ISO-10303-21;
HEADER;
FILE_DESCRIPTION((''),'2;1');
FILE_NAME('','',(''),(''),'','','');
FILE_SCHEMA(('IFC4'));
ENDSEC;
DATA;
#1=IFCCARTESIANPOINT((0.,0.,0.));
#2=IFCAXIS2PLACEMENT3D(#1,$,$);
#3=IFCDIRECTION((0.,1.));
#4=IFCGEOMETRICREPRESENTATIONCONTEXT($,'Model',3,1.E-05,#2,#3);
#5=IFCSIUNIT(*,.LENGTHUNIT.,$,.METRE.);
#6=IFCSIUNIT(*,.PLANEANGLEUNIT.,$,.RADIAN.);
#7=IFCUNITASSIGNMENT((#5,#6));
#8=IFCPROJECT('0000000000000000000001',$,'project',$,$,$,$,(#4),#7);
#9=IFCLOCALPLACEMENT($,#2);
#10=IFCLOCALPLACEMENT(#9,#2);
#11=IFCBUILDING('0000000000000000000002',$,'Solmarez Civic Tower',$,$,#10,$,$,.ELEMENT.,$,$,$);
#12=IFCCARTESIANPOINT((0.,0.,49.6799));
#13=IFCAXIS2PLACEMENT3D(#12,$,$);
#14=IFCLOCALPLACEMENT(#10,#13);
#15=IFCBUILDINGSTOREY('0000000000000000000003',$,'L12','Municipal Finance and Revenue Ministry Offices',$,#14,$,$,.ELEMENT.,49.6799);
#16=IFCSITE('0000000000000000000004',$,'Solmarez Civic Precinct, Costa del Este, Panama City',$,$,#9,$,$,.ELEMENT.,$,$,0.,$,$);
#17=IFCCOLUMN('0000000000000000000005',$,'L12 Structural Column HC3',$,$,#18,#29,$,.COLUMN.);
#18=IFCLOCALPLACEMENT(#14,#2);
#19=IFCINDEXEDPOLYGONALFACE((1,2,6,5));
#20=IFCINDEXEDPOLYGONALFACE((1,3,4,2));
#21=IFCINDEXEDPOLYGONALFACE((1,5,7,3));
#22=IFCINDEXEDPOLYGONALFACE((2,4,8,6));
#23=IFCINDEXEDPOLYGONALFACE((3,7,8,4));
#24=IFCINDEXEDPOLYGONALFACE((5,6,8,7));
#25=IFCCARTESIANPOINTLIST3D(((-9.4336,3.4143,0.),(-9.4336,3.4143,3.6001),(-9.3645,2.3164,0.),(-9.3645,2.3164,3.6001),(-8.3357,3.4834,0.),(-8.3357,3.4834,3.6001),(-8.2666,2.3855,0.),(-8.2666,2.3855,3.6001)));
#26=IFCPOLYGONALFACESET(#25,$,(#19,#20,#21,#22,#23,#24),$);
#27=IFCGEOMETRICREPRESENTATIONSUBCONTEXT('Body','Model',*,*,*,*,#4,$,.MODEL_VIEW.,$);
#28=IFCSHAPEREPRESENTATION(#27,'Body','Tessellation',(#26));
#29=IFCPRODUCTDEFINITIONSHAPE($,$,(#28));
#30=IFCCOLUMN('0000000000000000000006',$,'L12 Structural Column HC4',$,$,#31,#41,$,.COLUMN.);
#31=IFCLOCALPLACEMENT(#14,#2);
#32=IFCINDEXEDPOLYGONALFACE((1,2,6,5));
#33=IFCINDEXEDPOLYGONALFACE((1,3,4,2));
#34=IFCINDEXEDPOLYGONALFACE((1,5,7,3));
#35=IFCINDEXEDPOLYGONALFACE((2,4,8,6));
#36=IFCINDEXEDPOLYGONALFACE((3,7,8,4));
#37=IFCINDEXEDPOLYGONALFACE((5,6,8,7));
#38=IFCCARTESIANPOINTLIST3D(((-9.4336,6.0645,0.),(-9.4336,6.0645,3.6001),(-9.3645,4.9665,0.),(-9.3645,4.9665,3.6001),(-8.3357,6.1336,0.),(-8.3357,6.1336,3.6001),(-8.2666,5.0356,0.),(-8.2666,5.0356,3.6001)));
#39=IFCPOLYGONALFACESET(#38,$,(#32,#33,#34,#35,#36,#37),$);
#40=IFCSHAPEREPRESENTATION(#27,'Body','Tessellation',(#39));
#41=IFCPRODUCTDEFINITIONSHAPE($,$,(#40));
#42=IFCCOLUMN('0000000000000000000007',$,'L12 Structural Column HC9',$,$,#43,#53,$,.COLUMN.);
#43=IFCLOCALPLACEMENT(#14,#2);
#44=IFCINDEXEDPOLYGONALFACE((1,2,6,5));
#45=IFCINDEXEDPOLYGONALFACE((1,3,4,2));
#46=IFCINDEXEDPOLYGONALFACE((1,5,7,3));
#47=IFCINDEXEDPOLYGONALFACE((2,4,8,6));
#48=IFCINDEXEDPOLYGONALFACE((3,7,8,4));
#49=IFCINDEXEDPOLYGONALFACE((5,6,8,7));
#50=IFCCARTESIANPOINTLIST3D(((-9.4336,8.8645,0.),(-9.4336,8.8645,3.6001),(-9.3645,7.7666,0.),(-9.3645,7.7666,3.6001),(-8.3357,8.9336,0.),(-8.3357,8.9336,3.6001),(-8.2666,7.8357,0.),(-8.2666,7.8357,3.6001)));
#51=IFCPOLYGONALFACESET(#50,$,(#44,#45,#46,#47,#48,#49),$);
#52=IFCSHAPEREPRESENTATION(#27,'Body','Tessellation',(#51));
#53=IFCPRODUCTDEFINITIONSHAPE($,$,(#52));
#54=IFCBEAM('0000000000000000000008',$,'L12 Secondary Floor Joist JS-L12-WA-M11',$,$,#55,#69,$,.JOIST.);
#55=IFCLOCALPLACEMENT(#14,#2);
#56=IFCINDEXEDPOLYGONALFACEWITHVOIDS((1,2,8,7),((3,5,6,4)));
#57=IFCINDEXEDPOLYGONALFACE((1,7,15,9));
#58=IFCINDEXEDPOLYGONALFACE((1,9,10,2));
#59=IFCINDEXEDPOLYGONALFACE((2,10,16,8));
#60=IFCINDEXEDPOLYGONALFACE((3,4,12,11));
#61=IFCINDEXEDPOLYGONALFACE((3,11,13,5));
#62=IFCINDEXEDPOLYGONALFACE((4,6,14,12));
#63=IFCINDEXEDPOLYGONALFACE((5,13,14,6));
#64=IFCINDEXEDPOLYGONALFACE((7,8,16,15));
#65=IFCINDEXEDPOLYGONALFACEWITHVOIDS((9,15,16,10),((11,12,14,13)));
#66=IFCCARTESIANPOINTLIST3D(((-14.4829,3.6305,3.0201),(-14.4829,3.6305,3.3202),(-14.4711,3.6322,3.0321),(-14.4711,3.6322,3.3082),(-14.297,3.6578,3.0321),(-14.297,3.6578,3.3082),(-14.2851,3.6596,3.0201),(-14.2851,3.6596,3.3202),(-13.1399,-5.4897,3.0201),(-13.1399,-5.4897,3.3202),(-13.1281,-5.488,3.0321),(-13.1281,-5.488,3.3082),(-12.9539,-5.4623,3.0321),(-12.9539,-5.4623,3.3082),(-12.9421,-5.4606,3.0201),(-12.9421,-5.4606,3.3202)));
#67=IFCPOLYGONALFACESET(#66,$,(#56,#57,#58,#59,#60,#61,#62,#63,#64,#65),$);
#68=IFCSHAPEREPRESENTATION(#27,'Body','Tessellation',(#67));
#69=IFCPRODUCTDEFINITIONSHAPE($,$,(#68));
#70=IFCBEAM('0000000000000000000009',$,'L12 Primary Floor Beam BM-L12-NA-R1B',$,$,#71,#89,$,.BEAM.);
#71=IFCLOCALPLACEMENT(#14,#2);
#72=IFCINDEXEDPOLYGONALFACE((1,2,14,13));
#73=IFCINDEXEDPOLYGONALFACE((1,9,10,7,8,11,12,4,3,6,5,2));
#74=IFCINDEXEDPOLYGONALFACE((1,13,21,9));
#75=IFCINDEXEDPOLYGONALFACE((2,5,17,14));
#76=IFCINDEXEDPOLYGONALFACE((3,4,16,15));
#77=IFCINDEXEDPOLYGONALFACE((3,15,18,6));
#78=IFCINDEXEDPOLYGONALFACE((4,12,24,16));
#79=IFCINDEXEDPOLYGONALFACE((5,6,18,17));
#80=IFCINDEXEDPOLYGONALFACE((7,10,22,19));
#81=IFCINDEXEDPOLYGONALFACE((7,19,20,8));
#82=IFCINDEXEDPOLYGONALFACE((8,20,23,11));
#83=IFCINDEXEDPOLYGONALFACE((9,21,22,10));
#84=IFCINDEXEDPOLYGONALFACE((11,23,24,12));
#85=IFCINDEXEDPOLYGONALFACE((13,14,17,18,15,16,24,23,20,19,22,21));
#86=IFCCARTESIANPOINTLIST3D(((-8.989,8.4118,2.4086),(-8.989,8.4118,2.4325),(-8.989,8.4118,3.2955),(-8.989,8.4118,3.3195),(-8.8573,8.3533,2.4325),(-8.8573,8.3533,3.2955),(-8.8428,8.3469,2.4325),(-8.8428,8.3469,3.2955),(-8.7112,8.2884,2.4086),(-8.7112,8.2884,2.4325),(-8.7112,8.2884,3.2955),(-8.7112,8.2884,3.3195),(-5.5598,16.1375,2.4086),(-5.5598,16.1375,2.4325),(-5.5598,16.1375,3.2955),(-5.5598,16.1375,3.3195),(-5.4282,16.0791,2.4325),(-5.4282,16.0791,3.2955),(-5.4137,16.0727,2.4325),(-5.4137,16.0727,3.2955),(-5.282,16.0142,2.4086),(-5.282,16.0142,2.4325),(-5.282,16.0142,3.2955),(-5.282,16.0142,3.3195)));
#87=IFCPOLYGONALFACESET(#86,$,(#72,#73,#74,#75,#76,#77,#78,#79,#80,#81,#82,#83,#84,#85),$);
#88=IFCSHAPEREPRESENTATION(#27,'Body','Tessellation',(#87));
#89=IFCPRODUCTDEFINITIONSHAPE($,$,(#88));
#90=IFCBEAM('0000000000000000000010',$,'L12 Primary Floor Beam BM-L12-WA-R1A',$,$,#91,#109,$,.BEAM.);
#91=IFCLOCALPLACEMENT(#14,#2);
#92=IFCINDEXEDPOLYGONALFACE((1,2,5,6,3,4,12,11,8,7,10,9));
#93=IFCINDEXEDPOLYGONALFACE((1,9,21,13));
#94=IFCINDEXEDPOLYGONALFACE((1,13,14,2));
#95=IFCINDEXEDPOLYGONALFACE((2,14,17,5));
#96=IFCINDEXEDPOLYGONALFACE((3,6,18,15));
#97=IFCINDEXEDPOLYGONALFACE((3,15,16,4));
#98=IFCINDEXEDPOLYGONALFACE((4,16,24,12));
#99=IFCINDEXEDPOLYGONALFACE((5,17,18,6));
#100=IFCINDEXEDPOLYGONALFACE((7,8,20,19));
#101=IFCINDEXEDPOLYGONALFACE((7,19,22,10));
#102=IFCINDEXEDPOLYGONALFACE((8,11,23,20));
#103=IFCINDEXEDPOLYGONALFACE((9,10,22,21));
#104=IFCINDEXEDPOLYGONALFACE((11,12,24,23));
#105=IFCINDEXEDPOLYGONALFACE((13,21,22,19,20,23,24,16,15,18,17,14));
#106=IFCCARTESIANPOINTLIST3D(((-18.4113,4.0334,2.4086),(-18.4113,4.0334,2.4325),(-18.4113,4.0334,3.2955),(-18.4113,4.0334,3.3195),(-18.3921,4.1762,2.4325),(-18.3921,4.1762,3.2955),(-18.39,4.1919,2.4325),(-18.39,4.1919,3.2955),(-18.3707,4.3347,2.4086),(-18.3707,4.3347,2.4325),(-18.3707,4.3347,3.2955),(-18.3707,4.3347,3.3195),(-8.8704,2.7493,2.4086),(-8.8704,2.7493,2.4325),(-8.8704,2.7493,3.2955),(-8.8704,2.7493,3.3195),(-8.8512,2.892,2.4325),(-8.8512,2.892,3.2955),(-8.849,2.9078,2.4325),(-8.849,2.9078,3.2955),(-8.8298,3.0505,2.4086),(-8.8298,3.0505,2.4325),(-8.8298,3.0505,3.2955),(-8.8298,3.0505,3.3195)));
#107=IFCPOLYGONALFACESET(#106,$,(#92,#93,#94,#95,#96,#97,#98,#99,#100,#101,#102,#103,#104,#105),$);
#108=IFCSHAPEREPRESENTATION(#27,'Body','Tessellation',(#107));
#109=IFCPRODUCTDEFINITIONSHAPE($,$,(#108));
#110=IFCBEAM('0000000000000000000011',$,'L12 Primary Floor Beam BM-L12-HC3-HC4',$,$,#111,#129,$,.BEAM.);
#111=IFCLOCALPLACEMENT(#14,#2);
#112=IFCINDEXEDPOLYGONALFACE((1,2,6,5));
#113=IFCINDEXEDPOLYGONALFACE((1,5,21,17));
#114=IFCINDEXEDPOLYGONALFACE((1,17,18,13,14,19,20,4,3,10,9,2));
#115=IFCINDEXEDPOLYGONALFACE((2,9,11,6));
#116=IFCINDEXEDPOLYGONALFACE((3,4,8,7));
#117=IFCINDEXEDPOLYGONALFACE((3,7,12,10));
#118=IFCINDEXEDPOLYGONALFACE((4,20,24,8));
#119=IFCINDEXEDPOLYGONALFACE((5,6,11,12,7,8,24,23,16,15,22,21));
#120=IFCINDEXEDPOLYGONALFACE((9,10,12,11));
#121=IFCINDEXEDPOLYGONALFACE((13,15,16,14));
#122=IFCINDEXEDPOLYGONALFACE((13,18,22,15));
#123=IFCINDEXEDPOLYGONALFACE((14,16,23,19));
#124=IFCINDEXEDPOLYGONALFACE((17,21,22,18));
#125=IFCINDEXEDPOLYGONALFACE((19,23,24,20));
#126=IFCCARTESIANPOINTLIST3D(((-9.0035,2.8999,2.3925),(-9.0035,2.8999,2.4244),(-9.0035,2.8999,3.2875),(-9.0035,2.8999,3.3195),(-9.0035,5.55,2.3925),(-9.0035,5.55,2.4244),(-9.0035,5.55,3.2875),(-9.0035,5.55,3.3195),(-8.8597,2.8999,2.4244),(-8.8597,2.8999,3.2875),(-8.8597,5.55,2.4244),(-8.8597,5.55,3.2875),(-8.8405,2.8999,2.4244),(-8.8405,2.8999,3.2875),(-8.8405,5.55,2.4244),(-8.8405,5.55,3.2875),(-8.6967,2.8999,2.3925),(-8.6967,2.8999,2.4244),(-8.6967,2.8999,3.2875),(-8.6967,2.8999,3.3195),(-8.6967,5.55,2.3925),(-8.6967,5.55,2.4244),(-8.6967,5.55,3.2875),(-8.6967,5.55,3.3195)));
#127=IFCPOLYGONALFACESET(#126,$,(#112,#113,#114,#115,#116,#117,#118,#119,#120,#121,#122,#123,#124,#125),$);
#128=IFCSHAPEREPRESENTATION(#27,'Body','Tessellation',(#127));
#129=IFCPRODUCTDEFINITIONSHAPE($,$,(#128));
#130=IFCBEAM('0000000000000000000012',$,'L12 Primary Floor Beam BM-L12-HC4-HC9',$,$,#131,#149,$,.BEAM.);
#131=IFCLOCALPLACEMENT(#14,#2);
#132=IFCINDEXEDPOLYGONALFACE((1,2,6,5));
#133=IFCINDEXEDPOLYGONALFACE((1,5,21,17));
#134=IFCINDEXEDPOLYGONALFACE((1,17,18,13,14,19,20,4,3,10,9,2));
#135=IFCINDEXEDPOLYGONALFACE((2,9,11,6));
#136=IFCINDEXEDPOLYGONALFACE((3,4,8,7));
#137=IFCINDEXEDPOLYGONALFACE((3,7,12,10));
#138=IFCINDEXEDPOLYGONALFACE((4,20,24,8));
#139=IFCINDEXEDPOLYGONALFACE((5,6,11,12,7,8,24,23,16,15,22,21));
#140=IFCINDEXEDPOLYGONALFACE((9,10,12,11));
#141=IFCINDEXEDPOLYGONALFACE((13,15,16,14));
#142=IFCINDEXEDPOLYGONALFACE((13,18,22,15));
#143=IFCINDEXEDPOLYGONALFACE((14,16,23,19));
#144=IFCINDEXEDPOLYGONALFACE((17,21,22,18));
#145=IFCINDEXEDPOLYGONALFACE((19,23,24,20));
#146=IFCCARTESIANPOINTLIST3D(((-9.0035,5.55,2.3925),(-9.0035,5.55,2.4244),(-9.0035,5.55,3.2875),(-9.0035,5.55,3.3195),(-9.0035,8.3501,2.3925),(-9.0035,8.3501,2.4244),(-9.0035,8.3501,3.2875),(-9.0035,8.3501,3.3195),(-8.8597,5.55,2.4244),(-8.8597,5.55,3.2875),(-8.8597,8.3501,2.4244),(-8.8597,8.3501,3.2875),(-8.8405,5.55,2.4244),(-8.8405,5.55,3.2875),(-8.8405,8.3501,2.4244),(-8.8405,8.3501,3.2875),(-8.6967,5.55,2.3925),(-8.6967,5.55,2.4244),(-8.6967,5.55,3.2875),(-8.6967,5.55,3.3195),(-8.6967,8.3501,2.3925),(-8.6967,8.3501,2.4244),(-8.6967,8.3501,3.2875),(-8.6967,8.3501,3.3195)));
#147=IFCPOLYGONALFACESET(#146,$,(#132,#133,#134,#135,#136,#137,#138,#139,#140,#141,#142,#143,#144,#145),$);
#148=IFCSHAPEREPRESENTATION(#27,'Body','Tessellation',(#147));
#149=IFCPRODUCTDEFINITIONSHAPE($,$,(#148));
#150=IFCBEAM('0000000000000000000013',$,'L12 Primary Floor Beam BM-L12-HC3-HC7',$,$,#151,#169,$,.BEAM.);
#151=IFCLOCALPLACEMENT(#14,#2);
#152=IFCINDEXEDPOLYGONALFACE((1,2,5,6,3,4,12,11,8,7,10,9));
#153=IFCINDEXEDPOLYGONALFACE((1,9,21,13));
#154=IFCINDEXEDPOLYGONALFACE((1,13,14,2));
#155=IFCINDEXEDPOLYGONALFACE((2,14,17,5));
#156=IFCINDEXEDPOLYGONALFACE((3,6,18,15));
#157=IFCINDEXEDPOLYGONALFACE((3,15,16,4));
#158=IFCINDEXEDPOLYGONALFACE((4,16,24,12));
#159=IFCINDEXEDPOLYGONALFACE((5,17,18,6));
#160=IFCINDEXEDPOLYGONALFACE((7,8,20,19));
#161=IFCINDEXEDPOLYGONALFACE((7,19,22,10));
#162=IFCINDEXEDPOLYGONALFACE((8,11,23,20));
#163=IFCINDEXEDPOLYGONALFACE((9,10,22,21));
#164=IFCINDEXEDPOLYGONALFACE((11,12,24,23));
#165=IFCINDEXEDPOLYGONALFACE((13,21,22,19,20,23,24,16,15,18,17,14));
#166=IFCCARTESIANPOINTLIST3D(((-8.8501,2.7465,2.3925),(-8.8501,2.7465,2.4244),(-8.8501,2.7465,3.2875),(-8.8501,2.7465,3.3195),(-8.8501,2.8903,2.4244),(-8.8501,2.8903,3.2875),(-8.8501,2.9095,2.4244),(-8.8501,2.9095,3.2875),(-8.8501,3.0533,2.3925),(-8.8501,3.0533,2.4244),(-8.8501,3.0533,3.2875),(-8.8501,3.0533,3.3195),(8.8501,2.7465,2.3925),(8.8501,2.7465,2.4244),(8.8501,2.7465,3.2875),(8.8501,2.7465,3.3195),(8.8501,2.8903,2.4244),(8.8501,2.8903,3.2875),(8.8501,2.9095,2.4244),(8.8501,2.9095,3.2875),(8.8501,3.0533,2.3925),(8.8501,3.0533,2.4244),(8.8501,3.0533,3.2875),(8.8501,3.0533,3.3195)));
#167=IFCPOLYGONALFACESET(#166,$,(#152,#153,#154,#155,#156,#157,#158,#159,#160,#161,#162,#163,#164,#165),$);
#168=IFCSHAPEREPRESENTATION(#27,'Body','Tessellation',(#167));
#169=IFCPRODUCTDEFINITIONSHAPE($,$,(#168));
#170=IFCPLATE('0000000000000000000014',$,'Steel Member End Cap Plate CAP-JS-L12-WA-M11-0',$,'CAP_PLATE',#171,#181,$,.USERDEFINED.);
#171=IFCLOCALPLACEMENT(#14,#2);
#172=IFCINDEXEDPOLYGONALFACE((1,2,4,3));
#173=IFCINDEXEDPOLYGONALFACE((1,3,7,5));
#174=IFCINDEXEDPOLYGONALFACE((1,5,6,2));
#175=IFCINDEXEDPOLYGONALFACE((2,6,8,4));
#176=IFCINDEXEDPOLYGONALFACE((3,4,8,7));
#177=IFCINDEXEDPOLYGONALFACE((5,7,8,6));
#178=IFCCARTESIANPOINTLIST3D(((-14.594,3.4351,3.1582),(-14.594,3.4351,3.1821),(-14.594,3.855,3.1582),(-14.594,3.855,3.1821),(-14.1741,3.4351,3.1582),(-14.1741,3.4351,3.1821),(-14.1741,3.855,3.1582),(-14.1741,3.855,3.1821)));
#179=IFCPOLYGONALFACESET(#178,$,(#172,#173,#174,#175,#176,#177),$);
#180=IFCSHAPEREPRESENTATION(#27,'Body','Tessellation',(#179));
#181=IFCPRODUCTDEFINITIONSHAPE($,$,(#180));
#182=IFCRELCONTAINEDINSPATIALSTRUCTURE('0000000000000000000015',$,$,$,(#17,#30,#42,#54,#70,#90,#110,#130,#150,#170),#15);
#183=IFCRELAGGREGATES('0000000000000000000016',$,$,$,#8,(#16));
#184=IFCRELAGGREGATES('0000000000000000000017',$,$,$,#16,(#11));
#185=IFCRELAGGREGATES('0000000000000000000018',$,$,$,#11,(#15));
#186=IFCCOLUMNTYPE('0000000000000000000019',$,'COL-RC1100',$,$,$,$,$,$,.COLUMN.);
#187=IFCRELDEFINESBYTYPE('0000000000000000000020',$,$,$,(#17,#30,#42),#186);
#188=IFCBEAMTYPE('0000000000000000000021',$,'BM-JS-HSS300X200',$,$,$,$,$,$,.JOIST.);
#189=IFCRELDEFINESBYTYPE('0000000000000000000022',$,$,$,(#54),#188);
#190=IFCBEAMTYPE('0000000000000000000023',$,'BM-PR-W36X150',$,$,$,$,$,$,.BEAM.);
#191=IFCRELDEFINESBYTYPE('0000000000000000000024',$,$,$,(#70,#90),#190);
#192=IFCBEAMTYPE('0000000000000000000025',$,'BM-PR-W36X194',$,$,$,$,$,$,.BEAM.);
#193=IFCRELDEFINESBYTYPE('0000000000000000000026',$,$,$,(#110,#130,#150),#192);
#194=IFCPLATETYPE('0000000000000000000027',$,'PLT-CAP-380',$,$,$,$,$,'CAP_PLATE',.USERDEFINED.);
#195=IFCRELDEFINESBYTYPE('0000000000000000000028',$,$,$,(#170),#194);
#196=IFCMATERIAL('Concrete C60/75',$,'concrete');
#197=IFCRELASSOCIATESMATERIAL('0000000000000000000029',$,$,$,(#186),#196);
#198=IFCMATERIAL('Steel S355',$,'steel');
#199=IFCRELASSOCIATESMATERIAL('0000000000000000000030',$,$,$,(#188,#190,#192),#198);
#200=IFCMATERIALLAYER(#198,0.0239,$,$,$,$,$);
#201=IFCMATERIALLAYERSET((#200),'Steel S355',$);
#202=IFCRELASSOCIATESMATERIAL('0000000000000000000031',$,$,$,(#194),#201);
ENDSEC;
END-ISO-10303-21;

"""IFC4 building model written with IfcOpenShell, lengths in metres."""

from ifc_helpers import new_model, si_unit, direction, frame, origin, origin_2d, place, context, subcontext, project, spatial, rectangle, hollow_rectangle, i_section, extrude, material, layer, layer_set, material_profile, profile_set, type_object, element, save


model = new_model("IFC4")

# Units and contexts
model_context = context("Model", 3, precision=1e-05, world=origin(), true_north=direction((0.0, 1.0)))
body_context = subcontext(model_context, "Body", "Model", "MODEL_VIEW")
ifc_project = project(units=[si_unit("LENGTHUNIT", "METRE"), si_unit("PLANEANGLEUNIT", "RADIAN")], contexts=[model_context])

# Site, building, storey
site_placement = place(None, origin())
site = spatial("IfcSite", under=ifc_project, at=site_placement, Name="Solmarez Civic Precinct, Costa del Este, Panama City", CompositionType="ELEMENT", RefElevation=0.0)
building_placement = place(site_placement, origin())
building = spatial("IfcBuilding", under=site, at=building_placement, Name="Solmarez Civic Tower", CompositionType="ELEMENT")
storey_placement = place(building_placement, frame((0.0, 0.0, 49.6799)))
storey = spatial("IfcBuildingStorey", under=building, at=storey_placement, Name="L12", Description="Municipal Finance and Revenue Ministry Offices", CompositionType="ELEMENT", Elevation=49.6799)

# Columns
ifc_material_1 = material(Name="Concrete C60/75", Category="concrete")
ifc_material_profile_1 = material_profile(ifc_material_1, rectangle(XDim=1.1001, YDim=1.1001, at=origin_2d()), Name="RC1100X1100")
ifc_profile_set_1 = profile_set([ifc_material_profile_1], Name="Concrete C60/75")
column_type = type_object("IfcColumnType", Name="COL-RC1100", PredefinedType="COLUMN", material=ifc_profile_set_1)
for number, where, z_axis, x_axis, name in (
    (1, (-8.8501, 2.8999, 0.0), (0.0, 0.0, 1.0), (0.998027, 0.062791, 0.0), "L12 Structural Column HC3"),
    (2, (-8.8501, 5.55, 0.0), (0.0, 0.0, 1.0), (0.998027, 0.062791, 0.0), "L12 Structural Column HC4"),
    (3, (-8.8501, 8.3501, 0.0), (0.0, 0.0, 1.0), (0.998027, 0.062791, 0.0), "L12 Structural Column HC9"),
):
    element("IfcColumn", number, at=place(storey_placement, frame(where, z_axis=z_axis, x_axis=x_axis)), inside=storey, type_object=column_type, Name=name, PredefinedType="COLUMN", context=body_context, shape_type="SweptSolid", body=[
        extrude(rectangle(XDim=1.1001, YDim=1.1001, at=origin_2d()), origin(), (0.0, 0.0, 1.0), 3.6001),
    ])

# Beams
ifc_material_2 = material(Name="Steel S355", Category="steel")
ifc_material_profile_2 = material_profile(ifc_material_2, hollow_rectangle(XDim=0.2, YDim=0.3, WallThickness=0.012, at=origin_2d()), Name="HSS300X200X12")
ifc_profile_set_2 = profile_set([ifc_material_profile_2], Name="Steel S355")
beam_type_1 = type_object("IfcBeamType", Name="BM-JS-HSS300X200", PredefinedType="JOIST", material=ifc_profile_set_2)
beam_1_placement = place(storey_placement, frame((-14.384, 3.645, 3.1702), z_axis=(0.145688, -0.989331, 0.0), x_axis=(0.989331, 0.145688, 0.0)))
element("IfcBeam", 4, at=beam_1_placement, inside=storey, type_object=beam_type_1, Name="L12 Secondary Floor Joist JS-L12-WA-M11", PredefinedType="JOIST", context=body_context, shape_type="SweptSolid", body=[
    extrude(hollow_rectangle(XDim=0.2, YDim=0.3, WallThickness=0.012, at=origin_2d()), origin(), (0.0, 0.0, 1.0), 9.2185),
])
ifc_material_profile_3 = material_profile(ifc_material_2, i_section(OverallWidth=0.304, OverallDepth=0.9109, WebThickness=0.0159, FlangeThickness=0.0239, at=origin_2d()), Name="W36X150")
ifc_profile_set_3 = profile_set([ifc_material_profile_3], Name="Steel S355")
beam_type_2 = type_object("IfcBeamType", Name="BM-PR-W36X150", PredefinedType="BEAM", material=ifc_profile_set_3)
beam_2_placement = place(storey_placement, frame((-8.8501, 8.3501, 2.864), z_axis=(0.405694, 0.914009, 0.0), x_axis=(-0.914009, 0.405694, 0.0)))
element("IfcBeam", 5, at=beam_2_placement, inside=storey, type_object=beam_type_2, Name="L12 Primary Floor Beam BM-L12-NA-R1B", PredefinedType="BEAM", context=body_context, shape_type="SweptSolid", body=[
    extrude(i_section(OverallWidth=0.304, OverallDepth=0.9109, WebThickness=0.0159, FlangeThickness=0.0239, at=origin_2d()), origin(), (0.0, 0.0, 1.0), 8.4526),
])
beam_3_placement = place(storey_placement, frame((-8.8501, 2.8999, 2.864), z_axis=(-0.991063, 0.133393, 0.0), x_axis=(-0.133393, -0.991063, 0.0)))
element("IfcBeam", 6, at=beam_3_placement, inside=storey, type_object=beam_type_2, Name="L12 Primary Floor Beam BM-L12-WA-R1A", PredefinedType="BEAM", context=body_context, shape_type="SweptSolid", body=[
    extrude(i_section(OverallWidth=0.304, OverallDepth=0.9109, WebThickness=0.0159, FlangeThickness=0.0239, at=origin_2d()), origin(), (0.0, 0.0, 1.0), 9.627),
])
ifc_material_profile_4 = material_profile(ifc_material_2, i_section(OverallWidth=0.3069, OverallDepth=0.927, WebThickness=0.0193, FlangeThickness=0.032, at=origin_2d()), Name="W36X194")
ifc_profile_set_4 = profile_set([ifc_material_profile_4], Name="Steel S355")
beam_type_3 = type_object("IfcBeamType", Name="BM-PR-W36X194", PredefinedType="BEAM", material=ifc_profile_set_4)
beam_4_placement = place(storey_placement, frame((-8.8501, 2.8999, 2.856), z_axis=(0.0, 1.0, 0.0), x_axis=(-1.0, 0.0, 0.0)))
element("IfcBeam", 7, at=beam_4_placement, inside=storey, type_object=beam_type_3, Name="L12 Primary Floor Beam BM-L12-HC3-HC4", PredefinedType="BEAM", context=body_context, shape_type="SweptSolid", body=[
    extrude(i_section(OverallWidth=0.3069, OverallDepth=0.927, WebThickness=0.0193, FlangeThickness=0.032, at=origin_2d()), origin(), (0.0, 0.0, 1.0), 2.6501),
])
beam_5_placement = place(storey_placement, frame((-8.8501, 5.55, 2.856), z_axis=(0.0, 1.0, 0.0), x_axis=(-1.0, 0.0, 0.0)))
element("IfcBeam", 8, at=beam_5_placement, inside=storey, type_object=beam_type_3, Name="L12 Primary Floor Beam BM-L12-HC4-HC9", PredefinedType="BEAM", context=body_context, shape_type="SweptSolid", body=[
    extrude(i_section(OverallWidth=0.3069, OverallDepth=0.927, WebThickness=0.0193, FlangeThickness=0.032, at=origin_2d()), origin(), (0.0, 0.0, 1.0), 2.8),
])
beam_6_placement = place(storey_placement, frame((-8.8501, 2.8999, 2.856), z_axis=(1.0, 0.0, 0.0), x_axis=(0.0, 1.0, 0.0)))
element("IfcBeam", 9, at=beam_6_placement, inside=storey, type_object=beam_type_3, Name="L12 Primary Floor Beam BM-L12-HC3-HC7", PredefinedType="BEAM", context=body_context, shape_type="SweptSolid", body=[
    extrude(i_section(OverallWidth=0.3069, OverallDepth=0.927, WebThickness=0.0193, FlangeThickness=0.032, at=origin_2d()), origin(), (0.0, 0.0, 1.0), 17.7002),
])

# Plate
ifc_layer_1 = layer(ifc_material_2, 0.0239)
ifc_layer_set_1 = layer_set([ifc_layer_1], Name="Steel S355")
plate_type = type_object("IfcPlateType", Name="PLT-CAP-380", ElementType="CAP_PLATE", PredefinedType="USERDEFINED", material=ifc_layer_set_1)
plate_placement = place(storey_placement, frame((-14.384, 3.645, 3.1582), z_axis=(0.0, 0.0, 1.0), x_axis=(1.0, 0.0, 0.0)))
element("IfcPlate", 10, at=plate_placement, inside=storey, type_object=plate_type, Name="Steel Member End Cap Plate CAP-JS-L12-WA-M11-0", ObjectType="CAP_PLATE", PredefinedType="USERDEFINED", context=body_context, shape_type="SweptSolid", body=[
    extrude(rectangle(XDim=0.4199, YDim=0.4199, at=origin_2d()), origin(), (0.0, 0.0, 1.0), 0.0239),
])

save(model, "model.ifc")
